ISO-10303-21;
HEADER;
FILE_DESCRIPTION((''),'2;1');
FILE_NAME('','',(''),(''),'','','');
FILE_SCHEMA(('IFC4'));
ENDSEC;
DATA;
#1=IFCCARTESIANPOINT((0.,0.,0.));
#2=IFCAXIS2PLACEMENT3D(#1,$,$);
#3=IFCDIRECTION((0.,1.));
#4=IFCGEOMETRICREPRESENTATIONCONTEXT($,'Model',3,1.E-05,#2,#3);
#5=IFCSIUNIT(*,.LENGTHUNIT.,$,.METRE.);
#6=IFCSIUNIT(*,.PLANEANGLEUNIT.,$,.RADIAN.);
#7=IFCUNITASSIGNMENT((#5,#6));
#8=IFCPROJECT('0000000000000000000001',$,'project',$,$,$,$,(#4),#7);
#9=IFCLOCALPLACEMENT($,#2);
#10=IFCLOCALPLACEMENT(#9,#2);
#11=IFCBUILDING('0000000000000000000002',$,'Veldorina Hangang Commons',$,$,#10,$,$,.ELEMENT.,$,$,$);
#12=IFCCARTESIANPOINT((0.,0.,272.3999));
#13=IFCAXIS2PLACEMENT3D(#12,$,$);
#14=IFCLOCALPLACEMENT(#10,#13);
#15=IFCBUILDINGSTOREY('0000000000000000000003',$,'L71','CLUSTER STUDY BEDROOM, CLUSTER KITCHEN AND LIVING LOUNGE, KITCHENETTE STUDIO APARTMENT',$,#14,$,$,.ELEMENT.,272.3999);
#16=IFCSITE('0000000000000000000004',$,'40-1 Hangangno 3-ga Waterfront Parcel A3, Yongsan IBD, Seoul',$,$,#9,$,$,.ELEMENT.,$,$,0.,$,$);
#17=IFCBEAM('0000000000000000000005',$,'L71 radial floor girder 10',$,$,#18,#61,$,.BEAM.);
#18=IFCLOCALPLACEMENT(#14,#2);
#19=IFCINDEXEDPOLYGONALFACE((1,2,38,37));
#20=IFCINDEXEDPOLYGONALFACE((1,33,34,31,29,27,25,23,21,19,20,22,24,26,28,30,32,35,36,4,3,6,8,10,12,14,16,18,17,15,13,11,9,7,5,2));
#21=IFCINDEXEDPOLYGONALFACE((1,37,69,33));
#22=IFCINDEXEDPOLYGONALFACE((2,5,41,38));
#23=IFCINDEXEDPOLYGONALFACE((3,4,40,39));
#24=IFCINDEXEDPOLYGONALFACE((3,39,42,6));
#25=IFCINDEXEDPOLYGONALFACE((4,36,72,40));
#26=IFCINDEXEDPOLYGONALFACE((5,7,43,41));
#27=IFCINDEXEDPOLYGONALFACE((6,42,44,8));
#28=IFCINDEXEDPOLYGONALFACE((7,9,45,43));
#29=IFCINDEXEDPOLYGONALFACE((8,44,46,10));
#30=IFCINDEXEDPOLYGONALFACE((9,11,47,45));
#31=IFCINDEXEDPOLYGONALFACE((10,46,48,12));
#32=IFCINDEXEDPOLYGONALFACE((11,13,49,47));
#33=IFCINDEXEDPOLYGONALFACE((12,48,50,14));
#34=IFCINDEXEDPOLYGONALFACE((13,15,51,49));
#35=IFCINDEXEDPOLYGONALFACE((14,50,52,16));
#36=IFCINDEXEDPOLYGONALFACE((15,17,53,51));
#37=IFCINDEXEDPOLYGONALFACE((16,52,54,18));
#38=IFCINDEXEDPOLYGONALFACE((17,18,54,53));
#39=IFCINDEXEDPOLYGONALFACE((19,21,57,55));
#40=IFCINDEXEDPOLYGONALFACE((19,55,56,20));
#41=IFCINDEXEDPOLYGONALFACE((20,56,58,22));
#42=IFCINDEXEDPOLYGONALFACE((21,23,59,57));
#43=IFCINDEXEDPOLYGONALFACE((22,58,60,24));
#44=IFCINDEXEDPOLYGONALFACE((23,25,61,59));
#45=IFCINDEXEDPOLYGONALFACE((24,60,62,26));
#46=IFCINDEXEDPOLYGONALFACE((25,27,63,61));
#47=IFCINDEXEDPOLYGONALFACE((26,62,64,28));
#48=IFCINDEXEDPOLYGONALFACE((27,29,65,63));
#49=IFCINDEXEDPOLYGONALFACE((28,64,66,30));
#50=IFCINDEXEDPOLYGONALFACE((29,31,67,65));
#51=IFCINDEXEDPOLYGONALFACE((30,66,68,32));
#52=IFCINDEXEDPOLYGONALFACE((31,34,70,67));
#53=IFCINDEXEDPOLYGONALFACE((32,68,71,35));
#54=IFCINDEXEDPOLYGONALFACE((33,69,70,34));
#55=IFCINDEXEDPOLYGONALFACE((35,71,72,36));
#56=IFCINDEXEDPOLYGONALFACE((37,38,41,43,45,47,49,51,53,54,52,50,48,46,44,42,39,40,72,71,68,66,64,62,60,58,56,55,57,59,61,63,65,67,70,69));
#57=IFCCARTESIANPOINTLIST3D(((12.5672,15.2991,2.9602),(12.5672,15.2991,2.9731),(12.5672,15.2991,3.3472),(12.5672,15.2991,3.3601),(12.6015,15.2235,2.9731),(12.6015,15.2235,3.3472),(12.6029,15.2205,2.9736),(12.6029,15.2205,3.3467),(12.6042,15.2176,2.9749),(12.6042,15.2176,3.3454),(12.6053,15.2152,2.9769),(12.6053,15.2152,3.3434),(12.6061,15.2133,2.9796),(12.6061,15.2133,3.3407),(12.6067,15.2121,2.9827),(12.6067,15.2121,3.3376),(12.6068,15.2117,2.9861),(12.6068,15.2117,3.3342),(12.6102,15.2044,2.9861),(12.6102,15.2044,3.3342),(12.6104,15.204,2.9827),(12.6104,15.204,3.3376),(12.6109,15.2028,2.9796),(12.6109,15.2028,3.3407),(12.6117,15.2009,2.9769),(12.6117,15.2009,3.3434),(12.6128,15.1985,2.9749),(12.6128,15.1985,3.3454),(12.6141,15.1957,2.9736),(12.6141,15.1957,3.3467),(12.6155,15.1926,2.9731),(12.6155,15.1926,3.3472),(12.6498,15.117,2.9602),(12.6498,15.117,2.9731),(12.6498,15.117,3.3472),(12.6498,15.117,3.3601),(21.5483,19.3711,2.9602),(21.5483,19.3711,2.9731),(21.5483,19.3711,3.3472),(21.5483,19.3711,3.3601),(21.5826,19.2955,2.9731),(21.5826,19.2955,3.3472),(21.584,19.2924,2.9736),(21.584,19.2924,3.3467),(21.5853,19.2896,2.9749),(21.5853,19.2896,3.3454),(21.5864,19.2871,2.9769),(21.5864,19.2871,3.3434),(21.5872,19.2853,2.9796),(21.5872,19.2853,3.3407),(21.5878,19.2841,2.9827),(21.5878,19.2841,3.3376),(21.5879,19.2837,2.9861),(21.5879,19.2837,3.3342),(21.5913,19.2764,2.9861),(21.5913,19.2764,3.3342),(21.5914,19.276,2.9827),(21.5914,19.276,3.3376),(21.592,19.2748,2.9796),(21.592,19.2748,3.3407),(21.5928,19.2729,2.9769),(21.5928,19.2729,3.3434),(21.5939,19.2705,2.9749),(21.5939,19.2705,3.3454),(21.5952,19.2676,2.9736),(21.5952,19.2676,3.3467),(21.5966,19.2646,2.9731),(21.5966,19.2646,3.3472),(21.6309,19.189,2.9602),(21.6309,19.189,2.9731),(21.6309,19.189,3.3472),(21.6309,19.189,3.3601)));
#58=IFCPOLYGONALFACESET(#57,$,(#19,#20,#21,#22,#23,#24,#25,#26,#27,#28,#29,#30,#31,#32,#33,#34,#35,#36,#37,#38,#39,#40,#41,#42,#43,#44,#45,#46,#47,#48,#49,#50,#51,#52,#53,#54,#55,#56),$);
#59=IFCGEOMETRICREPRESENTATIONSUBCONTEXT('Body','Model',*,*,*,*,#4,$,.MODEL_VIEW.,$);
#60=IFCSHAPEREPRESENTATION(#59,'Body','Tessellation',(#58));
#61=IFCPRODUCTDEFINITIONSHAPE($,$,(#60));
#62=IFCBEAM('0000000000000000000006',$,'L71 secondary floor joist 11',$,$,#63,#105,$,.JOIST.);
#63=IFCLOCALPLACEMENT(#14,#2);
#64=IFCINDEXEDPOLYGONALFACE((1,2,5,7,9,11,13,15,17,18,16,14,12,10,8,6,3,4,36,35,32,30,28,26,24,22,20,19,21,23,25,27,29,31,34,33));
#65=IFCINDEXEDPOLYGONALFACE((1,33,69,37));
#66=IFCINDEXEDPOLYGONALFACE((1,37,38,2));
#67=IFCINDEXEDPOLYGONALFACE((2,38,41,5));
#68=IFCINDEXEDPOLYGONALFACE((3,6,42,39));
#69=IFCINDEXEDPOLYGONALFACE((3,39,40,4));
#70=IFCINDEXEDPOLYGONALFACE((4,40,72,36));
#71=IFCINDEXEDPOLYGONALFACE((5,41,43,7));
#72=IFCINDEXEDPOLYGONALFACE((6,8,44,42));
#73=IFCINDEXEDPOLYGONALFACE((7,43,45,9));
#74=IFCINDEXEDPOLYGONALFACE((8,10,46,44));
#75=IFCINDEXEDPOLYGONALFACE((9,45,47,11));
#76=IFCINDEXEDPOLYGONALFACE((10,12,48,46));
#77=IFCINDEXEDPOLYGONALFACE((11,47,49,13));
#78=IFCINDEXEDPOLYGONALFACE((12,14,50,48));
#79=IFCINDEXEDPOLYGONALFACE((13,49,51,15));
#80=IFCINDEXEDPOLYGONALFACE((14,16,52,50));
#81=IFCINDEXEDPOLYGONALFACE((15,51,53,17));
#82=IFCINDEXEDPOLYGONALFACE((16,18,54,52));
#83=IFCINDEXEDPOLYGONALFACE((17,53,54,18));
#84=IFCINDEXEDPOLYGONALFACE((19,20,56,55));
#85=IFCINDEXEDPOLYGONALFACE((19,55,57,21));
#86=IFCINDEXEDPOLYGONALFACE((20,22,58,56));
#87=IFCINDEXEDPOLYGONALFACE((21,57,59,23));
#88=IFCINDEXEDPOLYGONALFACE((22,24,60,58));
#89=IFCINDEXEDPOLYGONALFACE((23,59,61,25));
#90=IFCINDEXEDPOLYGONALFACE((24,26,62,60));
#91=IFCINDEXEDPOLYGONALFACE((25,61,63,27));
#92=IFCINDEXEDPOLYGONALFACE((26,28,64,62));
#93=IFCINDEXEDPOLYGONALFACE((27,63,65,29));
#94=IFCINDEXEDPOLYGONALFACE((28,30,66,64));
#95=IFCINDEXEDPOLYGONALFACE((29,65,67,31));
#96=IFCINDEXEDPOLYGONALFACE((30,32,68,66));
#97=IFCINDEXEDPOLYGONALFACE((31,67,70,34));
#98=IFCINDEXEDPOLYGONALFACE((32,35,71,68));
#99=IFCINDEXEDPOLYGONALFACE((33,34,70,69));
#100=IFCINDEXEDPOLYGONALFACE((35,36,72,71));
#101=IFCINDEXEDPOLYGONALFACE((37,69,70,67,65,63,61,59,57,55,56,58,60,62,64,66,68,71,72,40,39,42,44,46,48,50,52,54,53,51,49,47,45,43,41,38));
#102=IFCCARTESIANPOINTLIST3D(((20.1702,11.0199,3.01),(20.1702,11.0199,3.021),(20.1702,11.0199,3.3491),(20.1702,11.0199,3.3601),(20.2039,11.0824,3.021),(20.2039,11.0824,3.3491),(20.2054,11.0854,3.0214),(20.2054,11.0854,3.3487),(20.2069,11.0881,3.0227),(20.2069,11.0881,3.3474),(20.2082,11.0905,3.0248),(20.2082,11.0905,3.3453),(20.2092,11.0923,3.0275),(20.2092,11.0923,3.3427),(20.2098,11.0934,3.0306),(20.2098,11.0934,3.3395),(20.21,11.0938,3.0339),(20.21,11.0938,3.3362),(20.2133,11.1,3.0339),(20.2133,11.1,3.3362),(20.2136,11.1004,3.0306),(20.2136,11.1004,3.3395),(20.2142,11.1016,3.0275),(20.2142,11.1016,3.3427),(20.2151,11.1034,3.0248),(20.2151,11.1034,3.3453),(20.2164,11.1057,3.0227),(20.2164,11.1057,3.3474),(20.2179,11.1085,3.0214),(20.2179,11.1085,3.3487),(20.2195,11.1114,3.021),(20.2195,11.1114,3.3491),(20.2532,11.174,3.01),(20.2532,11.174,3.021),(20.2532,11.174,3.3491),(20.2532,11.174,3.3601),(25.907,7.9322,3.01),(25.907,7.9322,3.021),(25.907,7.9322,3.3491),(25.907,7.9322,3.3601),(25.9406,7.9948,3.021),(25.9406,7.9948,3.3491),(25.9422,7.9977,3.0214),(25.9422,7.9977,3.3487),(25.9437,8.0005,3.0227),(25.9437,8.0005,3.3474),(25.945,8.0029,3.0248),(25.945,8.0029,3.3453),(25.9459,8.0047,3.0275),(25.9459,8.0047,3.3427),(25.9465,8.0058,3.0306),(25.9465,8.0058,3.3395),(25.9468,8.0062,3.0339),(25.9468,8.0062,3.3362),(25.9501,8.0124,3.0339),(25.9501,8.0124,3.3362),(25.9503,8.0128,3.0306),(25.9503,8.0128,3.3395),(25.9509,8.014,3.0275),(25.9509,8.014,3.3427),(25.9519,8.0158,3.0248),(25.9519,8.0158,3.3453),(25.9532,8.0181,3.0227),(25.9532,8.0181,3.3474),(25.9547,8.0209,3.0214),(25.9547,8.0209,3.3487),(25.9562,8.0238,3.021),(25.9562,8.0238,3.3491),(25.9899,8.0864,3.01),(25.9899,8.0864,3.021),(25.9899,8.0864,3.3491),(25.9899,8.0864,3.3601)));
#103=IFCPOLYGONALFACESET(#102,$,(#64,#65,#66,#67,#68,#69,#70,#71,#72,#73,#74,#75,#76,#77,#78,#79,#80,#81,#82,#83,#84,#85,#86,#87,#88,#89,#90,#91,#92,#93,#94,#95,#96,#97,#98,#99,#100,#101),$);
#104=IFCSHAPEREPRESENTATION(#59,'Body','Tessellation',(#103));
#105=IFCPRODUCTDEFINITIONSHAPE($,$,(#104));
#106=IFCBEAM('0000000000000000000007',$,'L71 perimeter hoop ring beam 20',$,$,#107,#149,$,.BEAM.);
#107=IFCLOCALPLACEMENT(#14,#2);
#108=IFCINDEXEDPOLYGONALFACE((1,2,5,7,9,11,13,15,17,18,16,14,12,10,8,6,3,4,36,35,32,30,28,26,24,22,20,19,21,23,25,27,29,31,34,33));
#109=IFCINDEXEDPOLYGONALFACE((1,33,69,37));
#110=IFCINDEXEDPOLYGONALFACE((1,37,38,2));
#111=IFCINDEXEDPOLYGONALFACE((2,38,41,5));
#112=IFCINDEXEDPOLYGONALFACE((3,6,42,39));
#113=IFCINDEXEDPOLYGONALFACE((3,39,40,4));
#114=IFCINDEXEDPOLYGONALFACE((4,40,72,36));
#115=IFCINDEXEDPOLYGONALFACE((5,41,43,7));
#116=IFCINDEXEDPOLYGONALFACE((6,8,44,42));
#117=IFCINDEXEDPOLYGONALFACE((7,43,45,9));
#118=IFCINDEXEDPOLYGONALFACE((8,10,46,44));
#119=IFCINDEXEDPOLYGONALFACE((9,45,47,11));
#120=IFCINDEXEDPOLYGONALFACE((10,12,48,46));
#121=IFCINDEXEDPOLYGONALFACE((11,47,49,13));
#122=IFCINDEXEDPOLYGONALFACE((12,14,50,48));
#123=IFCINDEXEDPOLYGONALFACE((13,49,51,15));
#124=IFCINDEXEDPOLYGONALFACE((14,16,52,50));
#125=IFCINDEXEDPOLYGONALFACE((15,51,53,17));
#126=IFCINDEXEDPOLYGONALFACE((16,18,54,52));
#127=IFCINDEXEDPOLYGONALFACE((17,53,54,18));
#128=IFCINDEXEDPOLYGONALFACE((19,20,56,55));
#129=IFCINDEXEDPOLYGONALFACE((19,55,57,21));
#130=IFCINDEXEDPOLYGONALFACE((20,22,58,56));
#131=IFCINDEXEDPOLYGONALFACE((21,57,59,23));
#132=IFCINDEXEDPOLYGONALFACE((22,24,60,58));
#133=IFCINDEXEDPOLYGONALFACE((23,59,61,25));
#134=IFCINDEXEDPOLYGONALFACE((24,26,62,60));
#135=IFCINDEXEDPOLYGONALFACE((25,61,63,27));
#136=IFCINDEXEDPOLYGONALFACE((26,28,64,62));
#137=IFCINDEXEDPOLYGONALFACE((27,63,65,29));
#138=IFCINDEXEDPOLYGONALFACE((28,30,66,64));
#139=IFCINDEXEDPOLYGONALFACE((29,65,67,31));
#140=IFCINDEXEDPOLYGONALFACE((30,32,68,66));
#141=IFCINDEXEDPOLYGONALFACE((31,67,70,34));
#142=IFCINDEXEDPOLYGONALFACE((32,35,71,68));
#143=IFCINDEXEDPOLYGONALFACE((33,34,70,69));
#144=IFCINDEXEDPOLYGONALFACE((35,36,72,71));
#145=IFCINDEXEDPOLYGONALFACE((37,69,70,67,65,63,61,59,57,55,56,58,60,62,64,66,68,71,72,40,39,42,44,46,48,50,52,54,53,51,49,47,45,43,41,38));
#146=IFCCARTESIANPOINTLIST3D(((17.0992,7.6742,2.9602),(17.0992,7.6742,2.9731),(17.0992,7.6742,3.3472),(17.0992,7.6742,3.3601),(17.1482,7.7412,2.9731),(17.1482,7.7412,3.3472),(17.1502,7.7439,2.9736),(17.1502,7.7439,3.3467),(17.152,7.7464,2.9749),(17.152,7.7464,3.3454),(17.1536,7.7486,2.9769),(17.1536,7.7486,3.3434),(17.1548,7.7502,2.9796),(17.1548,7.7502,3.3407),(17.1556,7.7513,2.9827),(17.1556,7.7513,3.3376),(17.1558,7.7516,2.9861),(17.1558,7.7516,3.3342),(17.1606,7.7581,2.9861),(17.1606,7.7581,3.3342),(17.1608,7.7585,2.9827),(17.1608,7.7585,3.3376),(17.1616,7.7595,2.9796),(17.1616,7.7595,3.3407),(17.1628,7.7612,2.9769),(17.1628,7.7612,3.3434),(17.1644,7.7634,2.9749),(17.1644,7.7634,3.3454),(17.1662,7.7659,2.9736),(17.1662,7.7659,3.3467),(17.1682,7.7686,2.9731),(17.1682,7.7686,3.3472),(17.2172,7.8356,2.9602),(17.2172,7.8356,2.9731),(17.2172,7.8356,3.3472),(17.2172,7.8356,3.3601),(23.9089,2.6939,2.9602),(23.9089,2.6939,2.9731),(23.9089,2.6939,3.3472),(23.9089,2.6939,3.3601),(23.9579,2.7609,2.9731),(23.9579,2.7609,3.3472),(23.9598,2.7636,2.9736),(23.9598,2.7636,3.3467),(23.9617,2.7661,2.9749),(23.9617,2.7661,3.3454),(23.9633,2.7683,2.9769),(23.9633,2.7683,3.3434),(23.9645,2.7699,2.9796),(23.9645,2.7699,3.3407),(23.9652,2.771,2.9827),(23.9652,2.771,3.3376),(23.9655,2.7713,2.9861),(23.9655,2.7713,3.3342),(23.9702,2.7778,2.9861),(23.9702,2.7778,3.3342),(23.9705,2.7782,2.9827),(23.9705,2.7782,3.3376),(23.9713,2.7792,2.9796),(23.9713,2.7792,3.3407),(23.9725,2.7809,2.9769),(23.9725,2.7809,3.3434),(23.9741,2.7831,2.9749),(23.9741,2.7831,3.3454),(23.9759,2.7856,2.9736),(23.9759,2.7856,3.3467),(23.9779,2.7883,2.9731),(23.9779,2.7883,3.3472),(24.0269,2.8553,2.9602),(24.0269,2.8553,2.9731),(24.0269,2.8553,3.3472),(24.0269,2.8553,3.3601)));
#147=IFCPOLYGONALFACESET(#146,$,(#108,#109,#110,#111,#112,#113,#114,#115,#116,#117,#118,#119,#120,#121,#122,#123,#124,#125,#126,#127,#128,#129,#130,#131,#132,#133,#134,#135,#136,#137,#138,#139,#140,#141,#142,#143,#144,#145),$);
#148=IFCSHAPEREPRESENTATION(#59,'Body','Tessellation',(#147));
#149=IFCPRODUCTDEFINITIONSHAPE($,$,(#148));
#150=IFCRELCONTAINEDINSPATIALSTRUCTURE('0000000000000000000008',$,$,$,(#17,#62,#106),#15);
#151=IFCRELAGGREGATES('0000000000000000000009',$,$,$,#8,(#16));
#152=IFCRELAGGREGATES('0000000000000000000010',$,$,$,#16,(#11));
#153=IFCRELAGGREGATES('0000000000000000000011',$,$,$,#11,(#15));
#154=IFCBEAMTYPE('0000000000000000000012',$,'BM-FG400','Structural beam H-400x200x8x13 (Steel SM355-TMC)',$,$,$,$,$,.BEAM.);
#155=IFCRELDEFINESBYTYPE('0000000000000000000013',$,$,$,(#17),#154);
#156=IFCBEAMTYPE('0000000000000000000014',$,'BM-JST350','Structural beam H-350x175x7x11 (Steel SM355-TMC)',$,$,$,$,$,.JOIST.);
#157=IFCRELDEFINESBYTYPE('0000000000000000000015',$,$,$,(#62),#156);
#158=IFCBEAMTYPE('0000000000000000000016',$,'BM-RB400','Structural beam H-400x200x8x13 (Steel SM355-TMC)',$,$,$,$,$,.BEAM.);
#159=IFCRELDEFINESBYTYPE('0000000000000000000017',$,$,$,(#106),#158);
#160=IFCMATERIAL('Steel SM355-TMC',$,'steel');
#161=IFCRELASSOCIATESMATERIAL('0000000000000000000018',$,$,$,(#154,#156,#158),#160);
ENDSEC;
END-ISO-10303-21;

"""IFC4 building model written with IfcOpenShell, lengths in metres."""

from ifc_helpers import new_model, si_unit, direction, frame, origin, origin_2d, place, context, subcontext, project, spatial, i_section, extrude, material, material_profile, profile_set, type_object, element, save


model = new_model("IFC4")

# Units and contexts
model_context = context("Model", 3, precision=1e-05, world=origin(), true_north=direction((0.0, 1.0)))
body_context = subcontext(model_context, "Body", "Model", "MODEL_VIEW")
ifc_project = project(units=[si_unit("LENGTHUNIT", "METRE"), si_unit("PLANEANGLEUNIT", "RADIAN")], contexts=[model_context])

# Site, building, storey
site_placement = place(None, origin())
site = spatial("IfcSite", under=ifc_project, at=site_placement, Name="40-1 Hangangno 3-ga Waterfront Parcel A3, Yongsan IBD, Seoul", CompositionType="ELEMENT", RefElevation=0.0)
building_placement = place(site_placement, origin())
building = spatial("IfcBuilding", under=site, at=building_placement, Name="Veldorina Hangang Commons", CompositionType="ELEMENT")
storey_placement = place(building_placement, frame((0.0, 0.0, 272.3999)))
storey = spatial("IfcBuildingStorey", under=building, at=storey_placement, Name="L71", Description="CLUSTER STUDY BEDROOM, CLUSTER KITCHEN AND LIVING LOUNGE, KITCHENETTE STUDIO APARTMENT", CompositionType="ELEMENT", Elevation=272.3999)

# Beams
ifc_material_1 = material(Name="Steel SM355-TMC", Category="steel")
ifc_material_profile_1 = material_profile(ifc_material_1, i_section(OverallWidth=0.2, OverallDepth=0.3999, WebThickness=0.0081, FlangeThickness=0.0129, FilletRadius=0.0129, at=origin_2d()), Name="H-400x200x8x13")
ifc_profile_set_1 = profile_set([ifc_material_profile_1], Name="Steel SM355-TMC")
beam_type_1 = type_object("IfcBeamType", Name="BM-FG400", Description="Structural beam H-400x200x8x13 (Steel SM355-TMC)", PredefinedType="BEAM", material=ifc_profile_set_1)
beam_1_placement = place(storey_placement, frame((21.5896, 19.28, 3.1602), z_axis=(-0.910761, -0.412934, 0.0), x_axis=(0.412934, -0.910761, 0.0)))
element("IfcBeam", 1, at=beam_1_placement, inside=storey, type_object=beam_type_1, Name="L71 radial floor girder 10", PredefinedType="BEAM", context=body_context, shape_type="SweptSolid", body=[
    extrude(i_section(OverallWidth=0.2, OverallDepth=0.3999, WebThickness=0.0081, FlangeThickness=0.0129, FilletRadius=0.0129, at=origin_2d()), origin(), (0.0, 0.0, 1.0), 9.8611),
])
ifc_material_profile_2 = material_profile(ifc_material_1, i_section(OverallWidth=0.175, OverallDepth=0.3501, WebThickness=0.0071, FlangeThickness=0.011, FilletRadius=0.0129, at=origin_2d()), Name="H-350x175x7x11")
ifc_profile_set_2 = profile_set([ifc_material_profile_2], Name="Steel SM355-TMC")
beam_type_2 = type_object("IfcBeamType", Name="BM-JST350", Description="Structural beam H-350x175x7x11 (Steel SM355-TMC)", PredefinedType="JOIST", material=ifc_profile_set_2)
beam_2_placement = place(storey_placement, frame((20.2117, 11.0969, 3.1851), z_axis=(0.880561, -0.473932, 0.0), x_axis=(0.473932, 0.880561, 0.0)))
element("IfcBeam", 2, at=beam_2_placement, inside=storey, type_object=beam_type_2, Name="L71 secondary floor joist 11", PredefinedType="JOIST", context=body_context, shape_type="SweptSolid", body=[
    extrude(i_section(OverallWidth=0.175, OverallDepth=0.3501, WebThickness=0.0071, FlangeThickness=0.011, FilletRadius=0.0129, at=origin_2d()), origin(), (0.0, 0.0, 1.0), 6.5149),
])
ifc_material_profile_3 = material_profile(ifc_material_1, i_section(OverallWidth=0.2, OverallDepth=0.3999, WebThickness=0.0081, FlangeThickness=0.0129, FilletRadius=0.0129, at=origin_2d()), Name="H-400x200x8x13")
ifc_profile_set_3 = profile_set([ifc_material_profile_3], Name="Steel SM355-TMC")
beam_type_3 = type_object("IfcBeamType", Name="BM-RB400", Description="Structural beam H-400x200x8x13 (Steel SM355-TMC)", PredefinedType="BEAM", material=ifc_profile_set_3)
beam_3_placement = place(storey_placement, frame((17.1582, 7.7549, 3.1602), z_axis=(0.807165, -0.590326, 0.0), x_axis=(0.590326, 0.807165, 0.0)))
element("IfcBeam", 3, at=beam_3_placement, inside=storey, type_object=beam_type_3, Name="L71 perimeter hoop ring beam 20", PredefinedType="BEAM", context=body_context, shape_type="SweptSolid", body=[
    extrude(i_section(OverallWidth=0.2, OverallDepth=0.3999, WebThickness=0.0081, FlangeThickness=0.0129, FilletRadius=0.0129, at=origin_2d()), origin(), (0.0, 0.0, 1.0), 8.4365),
])

save(model, "model.ifc")
